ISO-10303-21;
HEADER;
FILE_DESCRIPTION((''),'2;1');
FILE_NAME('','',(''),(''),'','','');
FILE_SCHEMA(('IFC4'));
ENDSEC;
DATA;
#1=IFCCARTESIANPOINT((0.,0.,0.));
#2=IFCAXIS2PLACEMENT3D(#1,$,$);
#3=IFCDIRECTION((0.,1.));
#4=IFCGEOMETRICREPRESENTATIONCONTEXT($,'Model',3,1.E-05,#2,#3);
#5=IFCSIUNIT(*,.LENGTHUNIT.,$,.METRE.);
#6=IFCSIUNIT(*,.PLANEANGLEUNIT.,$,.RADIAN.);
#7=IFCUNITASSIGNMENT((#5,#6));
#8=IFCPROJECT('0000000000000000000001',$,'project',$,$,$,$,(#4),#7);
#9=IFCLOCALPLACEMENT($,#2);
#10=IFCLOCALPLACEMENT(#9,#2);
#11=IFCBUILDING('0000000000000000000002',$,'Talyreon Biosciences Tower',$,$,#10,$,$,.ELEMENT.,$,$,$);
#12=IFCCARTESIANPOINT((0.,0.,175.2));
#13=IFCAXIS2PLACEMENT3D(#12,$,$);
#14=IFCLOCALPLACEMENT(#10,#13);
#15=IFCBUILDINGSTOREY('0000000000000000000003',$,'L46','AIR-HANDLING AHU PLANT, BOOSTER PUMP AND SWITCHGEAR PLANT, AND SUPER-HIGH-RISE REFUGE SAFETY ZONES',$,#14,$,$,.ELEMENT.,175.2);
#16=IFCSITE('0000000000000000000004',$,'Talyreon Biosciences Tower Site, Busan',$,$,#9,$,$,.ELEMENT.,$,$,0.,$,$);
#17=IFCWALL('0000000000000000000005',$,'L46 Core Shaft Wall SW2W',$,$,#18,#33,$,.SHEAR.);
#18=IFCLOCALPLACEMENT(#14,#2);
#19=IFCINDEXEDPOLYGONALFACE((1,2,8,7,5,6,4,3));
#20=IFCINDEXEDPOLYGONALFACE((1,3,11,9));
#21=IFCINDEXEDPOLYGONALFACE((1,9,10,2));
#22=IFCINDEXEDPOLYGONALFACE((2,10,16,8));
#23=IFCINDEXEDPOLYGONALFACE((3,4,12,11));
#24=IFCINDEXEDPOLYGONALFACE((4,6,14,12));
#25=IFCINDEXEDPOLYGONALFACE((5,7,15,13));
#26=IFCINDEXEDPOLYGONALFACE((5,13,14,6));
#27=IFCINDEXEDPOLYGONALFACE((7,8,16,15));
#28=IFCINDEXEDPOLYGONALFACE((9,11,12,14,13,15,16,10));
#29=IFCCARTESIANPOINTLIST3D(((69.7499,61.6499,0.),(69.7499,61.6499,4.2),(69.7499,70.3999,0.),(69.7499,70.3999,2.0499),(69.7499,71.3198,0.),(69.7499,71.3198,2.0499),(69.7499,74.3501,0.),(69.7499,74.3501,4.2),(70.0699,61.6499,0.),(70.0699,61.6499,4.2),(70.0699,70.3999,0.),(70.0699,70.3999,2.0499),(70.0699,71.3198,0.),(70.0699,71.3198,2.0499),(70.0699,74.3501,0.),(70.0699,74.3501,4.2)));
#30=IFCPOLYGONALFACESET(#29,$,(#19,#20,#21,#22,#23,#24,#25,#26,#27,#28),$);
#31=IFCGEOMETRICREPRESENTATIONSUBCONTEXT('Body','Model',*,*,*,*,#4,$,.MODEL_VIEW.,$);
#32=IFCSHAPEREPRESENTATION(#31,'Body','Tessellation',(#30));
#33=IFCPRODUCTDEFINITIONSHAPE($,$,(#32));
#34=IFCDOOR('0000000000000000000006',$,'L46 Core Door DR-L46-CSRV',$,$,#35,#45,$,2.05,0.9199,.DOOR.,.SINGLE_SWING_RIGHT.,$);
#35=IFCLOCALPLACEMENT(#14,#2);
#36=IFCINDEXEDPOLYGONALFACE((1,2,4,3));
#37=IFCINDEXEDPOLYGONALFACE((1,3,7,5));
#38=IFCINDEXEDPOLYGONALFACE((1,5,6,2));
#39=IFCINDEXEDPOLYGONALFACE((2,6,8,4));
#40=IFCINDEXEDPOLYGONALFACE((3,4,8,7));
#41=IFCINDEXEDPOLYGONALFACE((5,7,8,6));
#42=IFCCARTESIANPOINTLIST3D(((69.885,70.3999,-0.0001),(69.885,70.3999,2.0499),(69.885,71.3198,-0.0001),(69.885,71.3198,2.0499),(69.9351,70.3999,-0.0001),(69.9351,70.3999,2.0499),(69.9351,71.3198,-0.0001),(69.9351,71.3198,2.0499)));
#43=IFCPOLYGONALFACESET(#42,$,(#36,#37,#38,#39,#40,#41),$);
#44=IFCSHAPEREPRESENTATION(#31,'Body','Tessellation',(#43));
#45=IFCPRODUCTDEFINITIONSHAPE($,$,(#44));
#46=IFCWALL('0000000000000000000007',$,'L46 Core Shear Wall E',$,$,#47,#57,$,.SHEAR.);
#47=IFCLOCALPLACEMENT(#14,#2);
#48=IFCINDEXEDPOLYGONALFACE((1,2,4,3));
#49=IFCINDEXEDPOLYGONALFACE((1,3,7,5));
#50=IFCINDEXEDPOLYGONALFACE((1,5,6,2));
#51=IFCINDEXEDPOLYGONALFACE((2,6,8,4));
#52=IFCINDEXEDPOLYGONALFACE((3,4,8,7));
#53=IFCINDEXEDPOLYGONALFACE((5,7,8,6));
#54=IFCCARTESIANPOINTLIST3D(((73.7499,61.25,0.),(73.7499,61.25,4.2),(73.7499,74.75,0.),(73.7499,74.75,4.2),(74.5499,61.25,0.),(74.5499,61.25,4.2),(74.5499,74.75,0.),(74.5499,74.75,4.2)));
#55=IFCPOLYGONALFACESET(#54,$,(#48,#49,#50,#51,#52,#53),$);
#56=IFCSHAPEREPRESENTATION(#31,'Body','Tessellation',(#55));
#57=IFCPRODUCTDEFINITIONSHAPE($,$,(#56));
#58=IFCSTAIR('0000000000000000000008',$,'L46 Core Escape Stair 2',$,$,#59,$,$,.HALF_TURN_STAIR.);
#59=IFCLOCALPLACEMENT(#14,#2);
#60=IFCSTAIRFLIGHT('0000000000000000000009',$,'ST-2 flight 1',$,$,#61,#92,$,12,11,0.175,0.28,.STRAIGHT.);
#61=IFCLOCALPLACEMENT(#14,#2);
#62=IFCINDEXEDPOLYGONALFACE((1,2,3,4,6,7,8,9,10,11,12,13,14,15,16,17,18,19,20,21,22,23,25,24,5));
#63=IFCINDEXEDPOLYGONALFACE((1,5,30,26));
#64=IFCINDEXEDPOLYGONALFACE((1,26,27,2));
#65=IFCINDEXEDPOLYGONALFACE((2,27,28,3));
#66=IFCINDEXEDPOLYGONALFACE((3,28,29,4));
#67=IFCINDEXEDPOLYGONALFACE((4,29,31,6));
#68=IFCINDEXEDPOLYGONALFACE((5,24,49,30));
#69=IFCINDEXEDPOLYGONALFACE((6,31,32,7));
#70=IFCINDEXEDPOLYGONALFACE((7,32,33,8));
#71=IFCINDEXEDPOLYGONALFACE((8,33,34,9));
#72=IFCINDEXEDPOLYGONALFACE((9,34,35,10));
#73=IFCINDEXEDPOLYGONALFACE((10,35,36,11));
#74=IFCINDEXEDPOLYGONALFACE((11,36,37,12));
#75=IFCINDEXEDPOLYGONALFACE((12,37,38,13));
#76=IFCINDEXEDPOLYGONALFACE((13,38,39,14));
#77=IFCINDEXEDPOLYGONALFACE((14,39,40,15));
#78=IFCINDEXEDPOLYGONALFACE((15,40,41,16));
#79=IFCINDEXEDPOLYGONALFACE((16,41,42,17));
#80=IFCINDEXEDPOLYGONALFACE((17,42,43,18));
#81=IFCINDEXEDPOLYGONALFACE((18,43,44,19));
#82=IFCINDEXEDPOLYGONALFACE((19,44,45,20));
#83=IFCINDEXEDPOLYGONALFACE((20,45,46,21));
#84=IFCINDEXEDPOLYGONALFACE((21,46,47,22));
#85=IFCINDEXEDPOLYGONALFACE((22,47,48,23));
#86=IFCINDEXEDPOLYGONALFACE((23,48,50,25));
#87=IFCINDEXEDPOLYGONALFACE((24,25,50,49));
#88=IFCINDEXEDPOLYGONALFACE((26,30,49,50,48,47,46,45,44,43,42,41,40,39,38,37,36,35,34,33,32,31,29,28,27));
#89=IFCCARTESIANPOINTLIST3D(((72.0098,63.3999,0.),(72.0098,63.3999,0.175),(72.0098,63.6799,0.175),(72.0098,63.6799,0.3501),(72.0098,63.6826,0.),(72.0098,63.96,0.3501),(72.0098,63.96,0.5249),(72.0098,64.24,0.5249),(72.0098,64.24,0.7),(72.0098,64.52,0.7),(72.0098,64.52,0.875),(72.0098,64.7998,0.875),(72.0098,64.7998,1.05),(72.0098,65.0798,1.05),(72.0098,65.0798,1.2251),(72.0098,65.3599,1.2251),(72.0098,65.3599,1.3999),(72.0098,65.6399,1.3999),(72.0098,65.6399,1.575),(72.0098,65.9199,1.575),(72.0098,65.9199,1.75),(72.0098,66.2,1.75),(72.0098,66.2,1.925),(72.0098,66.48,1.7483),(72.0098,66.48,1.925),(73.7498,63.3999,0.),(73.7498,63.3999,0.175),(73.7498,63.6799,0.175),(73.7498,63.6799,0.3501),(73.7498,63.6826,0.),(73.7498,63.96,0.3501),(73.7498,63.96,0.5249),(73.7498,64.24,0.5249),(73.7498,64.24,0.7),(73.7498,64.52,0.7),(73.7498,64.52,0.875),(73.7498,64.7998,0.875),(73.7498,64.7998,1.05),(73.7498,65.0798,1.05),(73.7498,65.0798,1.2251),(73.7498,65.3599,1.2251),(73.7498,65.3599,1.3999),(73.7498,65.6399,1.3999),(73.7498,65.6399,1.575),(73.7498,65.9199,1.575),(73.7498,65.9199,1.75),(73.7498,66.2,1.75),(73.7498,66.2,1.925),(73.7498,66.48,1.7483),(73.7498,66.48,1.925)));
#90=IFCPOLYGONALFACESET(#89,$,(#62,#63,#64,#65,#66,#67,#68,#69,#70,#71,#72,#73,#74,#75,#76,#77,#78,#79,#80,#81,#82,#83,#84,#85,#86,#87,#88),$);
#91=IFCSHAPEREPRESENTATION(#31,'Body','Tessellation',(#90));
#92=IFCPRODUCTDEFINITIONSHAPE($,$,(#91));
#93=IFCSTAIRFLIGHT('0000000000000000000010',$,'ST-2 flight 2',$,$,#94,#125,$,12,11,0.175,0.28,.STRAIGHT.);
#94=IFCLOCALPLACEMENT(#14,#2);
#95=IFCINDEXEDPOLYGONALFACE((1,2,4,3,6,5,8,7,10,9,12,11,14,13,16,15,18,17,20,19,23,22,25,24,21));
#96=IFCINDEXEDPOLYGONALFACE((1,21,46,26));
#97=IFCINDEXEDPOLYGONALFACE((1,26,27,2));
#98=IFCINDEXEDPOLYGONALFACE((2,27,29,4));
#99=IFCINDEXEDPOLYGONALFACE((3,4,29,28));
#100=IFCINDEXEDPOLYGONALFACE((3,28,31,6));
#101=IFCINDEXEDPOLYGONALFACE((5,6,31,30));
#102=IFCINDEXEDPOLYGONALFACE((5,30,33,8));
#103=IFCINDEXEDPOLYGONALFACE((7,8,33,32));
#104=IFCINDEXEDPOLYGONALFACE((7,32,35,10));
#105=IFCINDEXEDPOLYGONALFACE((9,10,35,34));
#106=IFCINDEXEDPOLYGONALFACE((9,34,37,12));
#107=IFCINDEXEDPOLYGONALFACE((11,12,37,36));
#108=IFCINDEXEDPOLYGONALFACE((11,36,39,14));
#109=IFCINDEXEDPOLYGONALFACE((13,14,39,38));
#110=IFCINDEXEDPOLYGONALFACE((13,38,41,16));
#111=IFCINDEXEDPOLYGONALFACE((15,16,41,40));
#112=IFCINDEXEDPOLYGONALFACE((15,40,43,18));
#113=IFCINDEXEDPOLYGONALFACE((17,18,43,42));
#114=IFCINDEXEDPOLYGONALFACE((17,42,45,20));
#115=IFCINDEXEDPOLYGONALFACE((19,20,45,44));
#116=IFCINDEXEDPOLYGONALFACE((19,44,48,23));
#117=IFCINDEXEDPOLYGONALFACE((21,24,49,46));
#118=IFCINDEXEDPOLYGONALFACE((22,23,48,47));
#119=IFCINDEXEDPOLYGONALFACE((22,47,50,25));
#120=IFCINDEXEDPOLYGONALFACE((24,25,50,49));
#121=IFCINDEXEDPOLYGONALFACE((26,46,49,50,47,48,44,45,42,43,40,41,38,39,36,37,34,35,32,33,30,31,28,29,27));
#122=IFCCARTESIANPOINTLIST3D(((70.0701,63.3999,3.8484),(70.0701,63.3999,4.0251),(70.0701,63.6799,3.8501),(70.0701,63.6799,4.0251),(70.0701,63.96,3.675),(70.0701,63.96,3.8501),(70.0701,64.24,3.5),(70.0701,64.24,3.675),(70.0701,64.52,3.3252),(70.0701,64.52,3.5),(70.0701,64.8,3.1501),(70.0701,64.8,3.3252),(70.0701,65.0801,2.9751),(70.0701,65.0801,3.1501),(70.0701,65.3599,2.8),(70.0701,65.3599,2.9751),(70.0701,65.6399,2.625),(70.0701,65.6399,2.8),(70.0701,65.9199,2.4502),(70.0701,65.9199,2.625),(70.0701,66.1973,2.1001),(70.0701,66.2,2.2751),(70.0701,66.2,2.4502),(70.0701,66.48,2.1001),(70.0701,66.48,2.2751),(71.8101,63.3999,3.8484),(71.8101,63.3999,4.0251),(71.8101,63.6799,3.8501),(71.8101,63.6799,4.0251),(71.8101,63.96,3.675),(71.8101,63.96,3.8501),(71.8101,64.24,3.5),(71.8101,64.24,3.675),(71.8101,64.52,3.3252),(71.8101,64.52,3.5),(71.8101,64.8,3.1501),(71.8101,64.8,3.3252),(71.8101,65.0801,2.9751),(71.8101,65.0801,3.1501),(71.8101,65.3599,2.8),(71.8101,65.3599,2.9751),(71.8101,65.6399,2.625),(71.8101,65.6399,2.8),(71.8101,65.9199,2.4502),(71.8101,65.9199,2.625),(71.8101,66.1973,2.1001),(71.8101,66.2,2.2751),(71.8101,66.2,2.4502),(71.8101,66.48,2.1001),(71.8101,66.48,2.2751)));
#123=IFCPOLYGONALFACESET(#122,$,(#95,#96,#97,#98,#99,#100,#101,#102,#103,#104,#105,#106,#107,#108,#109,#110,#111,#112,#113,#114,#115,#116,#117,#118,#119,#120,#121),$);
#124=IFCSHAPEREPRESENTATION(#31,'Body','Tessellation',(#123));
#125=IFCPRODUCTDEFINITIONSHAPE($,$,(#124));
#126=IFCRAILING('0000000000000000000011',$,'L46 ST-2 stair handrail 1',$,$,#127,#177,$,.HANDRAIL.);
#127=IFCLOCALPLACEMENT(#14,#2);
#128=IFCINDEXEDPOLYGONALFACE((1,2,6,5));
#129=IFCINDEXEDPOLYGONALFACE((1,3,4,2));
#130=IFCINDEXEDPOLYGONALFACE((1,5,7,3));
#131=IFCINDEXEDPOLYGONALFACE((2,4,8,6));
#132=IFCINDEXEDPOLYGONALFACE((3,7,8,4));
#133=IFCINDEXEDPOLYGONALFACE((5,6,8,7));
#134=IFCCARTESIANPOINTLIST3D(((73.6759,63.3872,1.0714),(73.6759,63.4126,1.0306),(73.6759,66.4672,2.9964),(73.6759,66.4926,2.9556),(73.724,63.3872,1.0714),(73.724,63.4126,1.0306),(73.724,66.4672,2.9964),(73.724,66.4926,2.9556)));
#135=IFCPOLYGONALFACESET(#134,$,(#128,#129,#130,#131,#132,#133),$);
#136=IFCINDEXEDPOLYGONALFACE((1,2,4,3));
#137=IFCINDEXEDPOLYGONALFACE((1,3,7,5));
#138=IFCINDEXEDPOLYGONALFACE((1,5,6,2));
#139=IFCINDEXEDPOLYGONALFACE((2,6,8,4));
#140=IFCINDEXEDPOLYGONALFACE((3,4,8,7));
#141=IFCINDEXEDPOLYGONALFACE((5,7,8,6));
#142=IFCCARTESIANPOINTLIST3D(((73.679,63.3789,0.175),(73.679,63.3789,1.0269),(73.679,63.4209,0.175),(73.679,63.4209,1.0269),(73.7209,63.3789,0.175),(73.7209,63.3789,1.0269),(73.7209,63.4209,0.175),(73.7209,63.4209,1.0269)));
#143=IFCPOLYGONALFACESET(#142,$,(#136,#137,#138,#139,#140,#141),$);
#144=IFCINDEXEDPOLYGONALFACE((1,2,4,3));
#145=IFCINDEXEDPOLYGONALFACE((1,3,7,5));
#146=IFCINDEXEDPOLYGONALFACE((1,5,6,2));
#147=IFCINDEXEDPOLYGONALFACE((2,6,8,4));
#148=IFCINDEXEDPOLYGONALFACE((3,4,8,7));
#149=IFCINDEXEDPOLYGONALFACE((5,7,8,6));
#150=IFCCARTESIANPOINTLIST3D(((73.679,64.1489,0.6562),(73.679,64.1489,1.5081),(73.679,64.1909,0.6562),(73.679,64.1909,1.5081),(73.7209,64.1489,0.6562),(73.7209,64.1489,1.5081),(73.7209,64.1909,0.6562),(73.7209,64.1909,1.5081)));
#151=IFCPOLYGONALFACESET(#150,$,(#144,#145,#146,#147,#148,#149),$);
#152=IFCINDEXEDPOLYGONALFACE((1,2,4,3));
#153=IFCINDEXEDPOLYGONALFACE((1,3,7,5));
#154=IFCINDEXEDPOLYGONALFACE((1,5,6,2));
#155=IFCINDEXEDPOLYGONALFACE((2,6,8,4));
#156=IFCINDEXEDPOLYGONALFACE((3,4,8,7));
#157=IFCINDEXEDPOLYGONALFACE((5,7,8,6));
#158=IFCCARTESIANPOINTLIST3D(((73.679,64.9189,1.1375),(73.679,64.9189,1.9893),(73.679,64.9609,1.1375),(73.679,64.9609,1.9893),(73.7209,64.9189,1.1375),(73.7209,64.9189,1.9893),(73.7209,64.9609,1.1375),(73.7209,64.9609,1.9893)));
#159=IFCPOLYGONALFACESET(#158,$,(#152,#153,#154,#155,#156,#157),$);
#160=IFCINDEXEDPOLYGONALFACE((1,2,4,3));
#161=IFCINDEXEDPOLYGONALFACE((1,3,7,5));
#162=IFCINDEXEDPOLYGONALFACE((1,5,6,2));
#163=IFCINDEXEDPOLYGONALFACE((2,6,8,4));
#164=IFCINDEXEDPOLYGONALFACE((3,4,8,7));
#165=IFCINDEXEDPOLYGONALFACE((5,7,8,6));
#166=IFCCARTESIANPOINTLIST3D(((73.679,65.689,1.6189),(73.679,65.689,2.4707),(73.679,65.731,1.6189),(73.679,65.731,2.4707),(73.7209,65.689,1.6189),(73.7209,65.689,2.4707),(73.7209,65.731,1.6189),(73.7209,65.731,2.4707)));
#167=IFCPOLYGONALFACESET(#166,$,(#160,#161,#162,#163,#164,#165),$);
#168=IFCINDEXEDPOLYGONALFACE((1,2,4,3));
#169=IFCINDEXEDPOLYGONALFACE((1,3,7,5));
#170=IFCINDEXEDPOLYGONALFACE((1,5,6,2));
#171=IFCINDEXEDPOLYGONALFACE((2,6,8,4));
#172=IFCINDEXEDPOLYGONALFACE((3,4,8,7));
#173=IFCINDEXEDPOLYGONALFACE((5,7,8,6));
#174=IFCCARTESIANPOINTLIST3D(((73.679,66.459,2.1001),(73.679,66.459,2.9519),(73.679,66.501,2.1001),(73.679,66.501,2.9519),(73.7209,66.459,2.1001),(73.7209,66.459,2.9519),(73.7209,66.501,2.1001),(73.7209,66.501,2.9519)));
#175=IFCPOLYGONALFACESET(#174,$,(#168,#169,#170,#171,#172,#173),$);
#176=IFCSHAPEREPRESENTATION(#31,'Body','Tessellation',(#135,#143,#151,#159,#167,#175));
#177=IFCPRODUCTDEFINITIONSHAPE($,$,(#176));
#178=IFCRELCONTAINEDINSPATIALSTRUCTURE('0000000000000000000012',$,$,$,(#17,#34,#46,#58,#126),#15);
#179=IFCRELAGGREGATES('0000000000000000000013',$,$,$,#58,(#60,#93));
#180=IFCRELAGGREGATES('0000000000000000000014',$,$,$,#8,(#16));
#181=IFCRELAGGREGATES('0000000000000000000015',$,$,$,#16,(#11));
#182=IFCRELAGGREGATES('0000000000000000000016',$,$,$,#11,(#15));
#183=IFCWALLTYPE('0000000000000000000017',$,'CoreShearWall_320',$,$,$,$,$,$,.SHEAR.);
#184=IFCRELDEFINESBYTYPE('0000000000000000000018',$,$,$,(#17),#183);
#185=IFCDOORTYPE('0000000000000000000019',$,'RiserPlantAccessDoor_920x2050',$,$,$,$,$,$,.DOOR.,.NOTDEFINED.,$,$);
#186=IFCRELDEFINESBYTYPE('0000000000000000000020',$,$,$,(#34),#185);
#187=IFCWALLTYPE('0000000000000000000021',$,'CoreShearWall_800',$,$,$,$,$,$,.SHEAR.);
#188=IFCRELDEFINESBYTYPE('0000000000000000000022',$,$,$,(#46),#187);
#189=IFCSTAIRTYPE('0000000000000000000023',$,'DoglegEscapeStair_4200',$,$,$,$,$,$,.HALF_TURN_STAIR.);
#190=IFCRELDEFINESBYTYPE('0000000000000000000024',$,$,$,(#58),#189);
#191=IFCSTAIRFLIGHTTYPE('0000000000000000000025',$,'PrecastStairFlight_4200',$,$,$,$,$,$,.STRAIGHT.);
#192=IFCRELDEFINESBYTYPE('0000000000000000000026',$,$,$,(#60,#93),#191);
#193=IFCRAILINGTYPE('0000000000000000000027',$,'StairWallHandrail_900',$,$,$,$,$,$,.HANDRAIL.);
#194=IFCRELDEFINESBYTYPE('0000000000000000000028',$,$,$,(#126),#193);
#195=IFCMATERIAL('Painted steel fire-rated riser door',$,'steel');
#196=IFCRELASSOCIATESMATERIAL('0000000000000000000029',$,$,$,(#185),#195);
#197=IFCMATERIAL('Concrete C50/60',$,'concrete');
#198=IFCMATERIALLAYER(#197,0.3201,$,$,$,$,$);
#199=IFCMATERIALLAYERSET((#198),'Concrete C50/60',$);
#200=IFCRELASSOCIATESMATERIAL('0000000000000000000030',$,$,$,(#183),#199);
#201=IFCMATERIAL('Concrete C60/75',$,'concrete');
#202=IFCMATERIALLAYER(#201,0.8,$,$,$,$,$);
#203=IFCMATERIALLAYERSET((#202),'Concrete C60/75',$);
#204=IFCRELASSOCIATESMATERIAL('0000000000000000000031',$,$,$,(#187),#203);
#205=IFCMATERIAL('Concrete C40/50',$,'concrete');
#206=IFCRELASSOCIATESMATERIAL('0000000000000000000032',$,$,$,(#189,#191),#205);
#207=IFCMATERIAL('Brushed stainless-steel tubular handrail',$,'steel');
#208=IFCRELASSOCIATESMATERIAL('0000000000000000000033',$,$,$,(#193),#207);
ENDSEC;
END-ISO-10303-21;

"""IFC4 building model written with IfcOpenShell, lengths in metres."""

from ifc_helpers import new_model, si_unit, direction, frame, frame_2d, origin, origin_2d, place, context, subcontext, project, spatial, polyline, rectangle, outline, extrude, material, layer, layer_set, type_object, element, fill, aggregate, save


model = new_model("IFC4")

# Units and contexts
model_context = context("Model", 3, precision=1e-05, world=origin(), true_north=direction((0.0, 1.0)))
body_context = subcontext(model_context, "Body", "Model", "MODEL_VIEW")
ifc_project = project(units=[si_unit("LENGTHUNIT", "METRE"), si_unit("PLANEANGLEUNIT", "RADIAN")], contexts=[model_context])

# Site, building, storey
site_placement = place(None, origin())
site = spatial("IfcSite", under=ifc_project, at=site_placement, Name="Talyreon Biosciences Tower Site, Busan", CompositionType="ELEMENT", RefElevation=0.0)
building_placement = place(site_placement, origin())
building = spatial("IfcBuilding", under=site, at=building_placement, Name="Talyreon Biosciences Tower", CompositionType="ELEMENT")
storey_placement = place(building_placement, frame((0.0, 0.0, 175.2)))
storey = spatial("IfcBuildingStorey", under=building, at=storey_placement, Name="L46", Description="AIR-HANDLING AHU PLANT, BOOSTER PUMP AND SWITCHGEAR PLANT, AND SUPER-HIGH-RISE REFUGE SAFETY ZONES", CompositionType="ELEMENT", Elevation=175.2)

# Shared definitions
ifc_material_1 = material(Name="Concrete C50/60", Category="concrete")

# Shared definitions
ifc_material_2 = material(Name="Painted steel fire-rated riser door", Category="steel")
door_type = type_object("IfcDoorType", Name="RiserPlantAccessDoor_920x2050", OperationType="NOTDEFINED", PredefinedType="DOOR", material=ifc_material_2)

# Wall, opening, door
ifc_layer_1 = layer(ifc_material_1, 0.3201)
ifc_layer_set_1 = layer_set([ifc_layer_1], Name="Concrete C50/60")
wall_type_1 = type_object("IfcWallType", Name="CoreShearWall_320", PredefinedType="SHEAR", material=ifc_layer_set_1)
wall_1_placement = place(storey_placement, frame((69.9099, 61.6499, 0.0), z_axis=(0.0, 0.0, 1.0), x_axis=(0.0, 1.0, 0.0)))
wall_1 = element("IfcWall", 1, at=wall_1_placement, inside=storey, type_object=wall_type_1, Name="L46 Core Shaft Wall SW2W", PredefinedType="SHEAR", context=body_context, shape_type="SweptSolid", body=[
    extrude(rectangle(XDim=12.7002, YDim=0.3201, at=frame_2d((6.3501, 0.0))), origin(), (0.0, 0.0, 1.0), 4.2),
])
opening_1_placement = place(wall_1_placement, frame((8.75, 0.0, 0.0)))
opening_1 = element("IfcOpeningElement", 2, at=opening_1_placement, cuts=wall_1, PredefinedType="OPENING", context=body_context, shape_type="SweptSolid", body=[
    extrude(rectangle(XDim=0.9199, YDim=2.05, at=frame_2d((0.46, 1.0249))), frame((0.0, 0.1699, 0.0), z_axis=(0.0, -1.0, 0.0), x_axis=(1.0, 0.0, 0.0)), (0.0, 0.0, 1.0), 0.3401),
])
door_1_placement = place(opening_1_placement, origin())
door_1 = element("IfcDoor", 3, at=door_1_placement, inside=storey, type_object=door_type, Name="L46 Core Door DR-L46-CSRV", OperationType="SINGLE_SWING_RIGHT", OverallHeight=2.05, OverallWidth=0.9199, PredefinedType="DOOR", context=body_context, shape_type="SweptSolid", body=[
    extrude(rectangle(XDim=0.9199, YDim=2.05, at=frame_2d((0.46, 1.0249))), frame((0.0, 0.0249, 0.0), z_axis=(0.0, -1.0, 0.0), x_axis=(1.0, 0.0, 0.0)), (0.0, 0.0, 1.0), 0.05),
])
fill(opening_1, door_1)

# Wall
ifc_material_3 = material(Name="Concrete C60/75", Category="concrete")
ifc_layer_2 = layer(ifc_material_3, 0.8)
ifc_layer_set_2 = layer_set([ifc_layer_2], Name="Concrete C60/75")
wall_type_2 = type_object("IfcWallType", Name="CoreShearWall_800", PredefinedType="SHEAR", material=ifc_layer_set_2)
wall_2_placement = place(storey_placement, frame((74.1499, 61.25, 0.0), z_axis=(0.0, 0.0, 1.0), x_axis=(0.0, 1.0, 0.0)))
element("IfcWall", 4, at=wall_2_placement, inside=storey, type_object=wall_type_2, Name="L46 Core Shear Wall E", PredefinedType="SHEAR", context=body_context, shape_type="SweptSolid", body=[
    extrude(rectangle(XDim=13.5, YDim=0.8, at=frame_2d((6.75, 0.0))), origin(), (0.0, 0.0, 1.0), 4.2),
])

# Stair, stair flights
ifc_material_4 = material(Name="Concrete C40/50", Category="concrete")
stair_type = type_object("IfcStairType", Name="DoglegEscapeStair_4200", PredefinedType="HALF_TURN_STAIR", material=ifc_material_4)
stair_placement = place(storey_placement, origin())
stair = element("IfcStair", 5, at=stair_placement, inside=storey, type_object=stair_type, Name="L46 Core Escape Stair 2", PredefinedType="HALF_TURN_STAIR")
stair_flight_type = type_object("IfcStairFlightType", Name="PrecastStairFlight_4200", PredefinedType="STRAIGHT", material=ifc_material_4)
stair_flight_1_placement = place(storey_placement, frame((72.8799, 63.3999, 0.0), z_axis=(0.0, 0.0, 1.0), x_axis=(0.0, 1.0, 0.0)))
stair_flight_1 = element("IfcStairFlight", 6, at=stair_flight_1_placement, type_object=stair_flight_type, Name="ST-2 flight 1", NumberOfRisers=12, NumberOfTreads=11, PredefinedType="STRAIGHT", RiserHeight=0.175, TreadLength=0.28, context=body_context, shape_type="SweptSolid", body=[
    extrude(outline(polyline([(0.0, 0.0), (0.0, 0.175), (0.28, 0.175), (0.28, 0.3501), (0.5601, 0.3501), (0.5601, 0.5249), (0.8401, 0.5249), (0.8401, 0.7), (1.1201, 0.7), (1.1201, 0.875), (1.3999, 0.875), (1.3999, 1.05), (1.6799, 1.05), (1.6799, 1.2251), (1.96, 1.2251), (1.96, 1.3999), (2.24, 1.3999), (2.24, 1.575), (2.52, 1.575), (2.52, 1.75), (2.8, 1.75), (2.8, 1.925), (3.0801, 1.925), (3.0801, 2.1001), (3.0801, 1.7483), (0.2827, 0.0), (0.0, 0.0)])), frame((0.0, 0.8701, 0.0), z_axis=(0.0, -1.0, 0.0), x_axis=(1.0, 0.0, 0.0)), (0.0, 0.0, 1.0), 1.74),
])
stair_flight_2_placement = place(storey_placement, frame((70.9399, 66.48, 2.1001), z_axis=(0.0, 0.0, 1.0), x_axis=(0.0, -1.0, 0.0)))
stair_flight_2 = element("IfcStairFlight", 7, at=stair_flight_2_placement, type_object=stair_flight_type, Name="ST-2 flight 2", NumberOfRisers=12, NumberOfTreads=11, PredefinedType="STRAIGHT", RiserHeight=0.175, TreadLength=0.28, context=body_context, shape_type="SweptSolid", body=[
    extrude(outline(polyline([(0.0, 0.0), (0.0, 0.175), (0.28, 0.175), (0.28, 0.3501), (0.5601, 0.3501), (0.5601, 0.5249), (0.8401, 0.5249), (0.8401, 0.7), (1.1201, 0.7), (1.1201, 0.875), (1.3999, 0.875), (1.3999, 1.05), (1.6799, 1.05), (1.6799, 1.2251), (1.96, 1.2251), (1.96, 1.3999), (2.24, 1.3999), (2.24, 1.575), (2.52, 1.575), (2.52, 1.75), (2.8, 1.75), (2.8, 1.925), (3.0801, 1.925), (3.0801, 2.1001), (3.0801, 1.7483), (0.2827, 0.0), (0.0, 0.0)])), frame((0.0, 0.8701, 0.0), z_axis=(0.0, -1.0, 0.0), x_axis=(1.0, 0.0, 0.0)), (0.0, 0.0, 1.0), 1.74),
])
aggregate(stair, [stair_flight_1, stair_flight_2])

# Railing
ifc_material_5 = material(Name="Brushed stainless-steel tubular handrail", Category="steel")
railing_type_1 = type_object("IfcRailingType", Name="StairWallHandrail_900", PredefinedType="HANDRAIL", material=ifc_material_5)
railing_1_placement = place(storey_placement, frame((73.7, 63.3999, 0.175)))
element("IfcRailing", 8, at=railing_1_placement, inside=storey, type_object=railing_type_1, Name="L46 ST-2 stair handrail 1", PredefinedType="HANDRAIL", context=body_context, shape_type="SweptSolid", body=[
    extrude(rectangle(XDim=0.0481, YDim=0.0481, at=origin_2d()), frame((0.0, 0.0, 0.876), z_axis=(0.0, 0.847998, 0.529999), x_axis=(-1.0, 0.0, 0.0)), (0.0, 0.0, 1.0), 3.6321),
    extrude(rectangle(XDim=0.042, YDim=0.042, at=origin_2d()), origin(), (0.0, 0.0, 1.0), 0.8518),
    extrude(rectangle(XDim=0.042, YDim=0.042, at=origin_2d()), frame((0.0, 0.77, 0.4812)), (0.0, 0.0, 1.0), 0.8518),
    extrude(rectangle(XDim=0.042, YDim=0.042, at=origin_2d()), frame((0.0, 1.54, 0.9624)), (0.0, 0.0, 1.0), 0.8518),
    extrude(rectangle(XDim=0.042, YDim=0.042, at=origin_2d()), frame((0.0, 2.3101, 1.4438)), (0.0, 0.0, 1.0), 0.8518),
    extrude(rectangle(XDim=0.042, YDim=0.042, at=origin_2d()), frame((0.0, 3.0801, 1.925)), (0.0, 0.0, 1.0), 0.8518),
])

save(model, "model.ifc")
